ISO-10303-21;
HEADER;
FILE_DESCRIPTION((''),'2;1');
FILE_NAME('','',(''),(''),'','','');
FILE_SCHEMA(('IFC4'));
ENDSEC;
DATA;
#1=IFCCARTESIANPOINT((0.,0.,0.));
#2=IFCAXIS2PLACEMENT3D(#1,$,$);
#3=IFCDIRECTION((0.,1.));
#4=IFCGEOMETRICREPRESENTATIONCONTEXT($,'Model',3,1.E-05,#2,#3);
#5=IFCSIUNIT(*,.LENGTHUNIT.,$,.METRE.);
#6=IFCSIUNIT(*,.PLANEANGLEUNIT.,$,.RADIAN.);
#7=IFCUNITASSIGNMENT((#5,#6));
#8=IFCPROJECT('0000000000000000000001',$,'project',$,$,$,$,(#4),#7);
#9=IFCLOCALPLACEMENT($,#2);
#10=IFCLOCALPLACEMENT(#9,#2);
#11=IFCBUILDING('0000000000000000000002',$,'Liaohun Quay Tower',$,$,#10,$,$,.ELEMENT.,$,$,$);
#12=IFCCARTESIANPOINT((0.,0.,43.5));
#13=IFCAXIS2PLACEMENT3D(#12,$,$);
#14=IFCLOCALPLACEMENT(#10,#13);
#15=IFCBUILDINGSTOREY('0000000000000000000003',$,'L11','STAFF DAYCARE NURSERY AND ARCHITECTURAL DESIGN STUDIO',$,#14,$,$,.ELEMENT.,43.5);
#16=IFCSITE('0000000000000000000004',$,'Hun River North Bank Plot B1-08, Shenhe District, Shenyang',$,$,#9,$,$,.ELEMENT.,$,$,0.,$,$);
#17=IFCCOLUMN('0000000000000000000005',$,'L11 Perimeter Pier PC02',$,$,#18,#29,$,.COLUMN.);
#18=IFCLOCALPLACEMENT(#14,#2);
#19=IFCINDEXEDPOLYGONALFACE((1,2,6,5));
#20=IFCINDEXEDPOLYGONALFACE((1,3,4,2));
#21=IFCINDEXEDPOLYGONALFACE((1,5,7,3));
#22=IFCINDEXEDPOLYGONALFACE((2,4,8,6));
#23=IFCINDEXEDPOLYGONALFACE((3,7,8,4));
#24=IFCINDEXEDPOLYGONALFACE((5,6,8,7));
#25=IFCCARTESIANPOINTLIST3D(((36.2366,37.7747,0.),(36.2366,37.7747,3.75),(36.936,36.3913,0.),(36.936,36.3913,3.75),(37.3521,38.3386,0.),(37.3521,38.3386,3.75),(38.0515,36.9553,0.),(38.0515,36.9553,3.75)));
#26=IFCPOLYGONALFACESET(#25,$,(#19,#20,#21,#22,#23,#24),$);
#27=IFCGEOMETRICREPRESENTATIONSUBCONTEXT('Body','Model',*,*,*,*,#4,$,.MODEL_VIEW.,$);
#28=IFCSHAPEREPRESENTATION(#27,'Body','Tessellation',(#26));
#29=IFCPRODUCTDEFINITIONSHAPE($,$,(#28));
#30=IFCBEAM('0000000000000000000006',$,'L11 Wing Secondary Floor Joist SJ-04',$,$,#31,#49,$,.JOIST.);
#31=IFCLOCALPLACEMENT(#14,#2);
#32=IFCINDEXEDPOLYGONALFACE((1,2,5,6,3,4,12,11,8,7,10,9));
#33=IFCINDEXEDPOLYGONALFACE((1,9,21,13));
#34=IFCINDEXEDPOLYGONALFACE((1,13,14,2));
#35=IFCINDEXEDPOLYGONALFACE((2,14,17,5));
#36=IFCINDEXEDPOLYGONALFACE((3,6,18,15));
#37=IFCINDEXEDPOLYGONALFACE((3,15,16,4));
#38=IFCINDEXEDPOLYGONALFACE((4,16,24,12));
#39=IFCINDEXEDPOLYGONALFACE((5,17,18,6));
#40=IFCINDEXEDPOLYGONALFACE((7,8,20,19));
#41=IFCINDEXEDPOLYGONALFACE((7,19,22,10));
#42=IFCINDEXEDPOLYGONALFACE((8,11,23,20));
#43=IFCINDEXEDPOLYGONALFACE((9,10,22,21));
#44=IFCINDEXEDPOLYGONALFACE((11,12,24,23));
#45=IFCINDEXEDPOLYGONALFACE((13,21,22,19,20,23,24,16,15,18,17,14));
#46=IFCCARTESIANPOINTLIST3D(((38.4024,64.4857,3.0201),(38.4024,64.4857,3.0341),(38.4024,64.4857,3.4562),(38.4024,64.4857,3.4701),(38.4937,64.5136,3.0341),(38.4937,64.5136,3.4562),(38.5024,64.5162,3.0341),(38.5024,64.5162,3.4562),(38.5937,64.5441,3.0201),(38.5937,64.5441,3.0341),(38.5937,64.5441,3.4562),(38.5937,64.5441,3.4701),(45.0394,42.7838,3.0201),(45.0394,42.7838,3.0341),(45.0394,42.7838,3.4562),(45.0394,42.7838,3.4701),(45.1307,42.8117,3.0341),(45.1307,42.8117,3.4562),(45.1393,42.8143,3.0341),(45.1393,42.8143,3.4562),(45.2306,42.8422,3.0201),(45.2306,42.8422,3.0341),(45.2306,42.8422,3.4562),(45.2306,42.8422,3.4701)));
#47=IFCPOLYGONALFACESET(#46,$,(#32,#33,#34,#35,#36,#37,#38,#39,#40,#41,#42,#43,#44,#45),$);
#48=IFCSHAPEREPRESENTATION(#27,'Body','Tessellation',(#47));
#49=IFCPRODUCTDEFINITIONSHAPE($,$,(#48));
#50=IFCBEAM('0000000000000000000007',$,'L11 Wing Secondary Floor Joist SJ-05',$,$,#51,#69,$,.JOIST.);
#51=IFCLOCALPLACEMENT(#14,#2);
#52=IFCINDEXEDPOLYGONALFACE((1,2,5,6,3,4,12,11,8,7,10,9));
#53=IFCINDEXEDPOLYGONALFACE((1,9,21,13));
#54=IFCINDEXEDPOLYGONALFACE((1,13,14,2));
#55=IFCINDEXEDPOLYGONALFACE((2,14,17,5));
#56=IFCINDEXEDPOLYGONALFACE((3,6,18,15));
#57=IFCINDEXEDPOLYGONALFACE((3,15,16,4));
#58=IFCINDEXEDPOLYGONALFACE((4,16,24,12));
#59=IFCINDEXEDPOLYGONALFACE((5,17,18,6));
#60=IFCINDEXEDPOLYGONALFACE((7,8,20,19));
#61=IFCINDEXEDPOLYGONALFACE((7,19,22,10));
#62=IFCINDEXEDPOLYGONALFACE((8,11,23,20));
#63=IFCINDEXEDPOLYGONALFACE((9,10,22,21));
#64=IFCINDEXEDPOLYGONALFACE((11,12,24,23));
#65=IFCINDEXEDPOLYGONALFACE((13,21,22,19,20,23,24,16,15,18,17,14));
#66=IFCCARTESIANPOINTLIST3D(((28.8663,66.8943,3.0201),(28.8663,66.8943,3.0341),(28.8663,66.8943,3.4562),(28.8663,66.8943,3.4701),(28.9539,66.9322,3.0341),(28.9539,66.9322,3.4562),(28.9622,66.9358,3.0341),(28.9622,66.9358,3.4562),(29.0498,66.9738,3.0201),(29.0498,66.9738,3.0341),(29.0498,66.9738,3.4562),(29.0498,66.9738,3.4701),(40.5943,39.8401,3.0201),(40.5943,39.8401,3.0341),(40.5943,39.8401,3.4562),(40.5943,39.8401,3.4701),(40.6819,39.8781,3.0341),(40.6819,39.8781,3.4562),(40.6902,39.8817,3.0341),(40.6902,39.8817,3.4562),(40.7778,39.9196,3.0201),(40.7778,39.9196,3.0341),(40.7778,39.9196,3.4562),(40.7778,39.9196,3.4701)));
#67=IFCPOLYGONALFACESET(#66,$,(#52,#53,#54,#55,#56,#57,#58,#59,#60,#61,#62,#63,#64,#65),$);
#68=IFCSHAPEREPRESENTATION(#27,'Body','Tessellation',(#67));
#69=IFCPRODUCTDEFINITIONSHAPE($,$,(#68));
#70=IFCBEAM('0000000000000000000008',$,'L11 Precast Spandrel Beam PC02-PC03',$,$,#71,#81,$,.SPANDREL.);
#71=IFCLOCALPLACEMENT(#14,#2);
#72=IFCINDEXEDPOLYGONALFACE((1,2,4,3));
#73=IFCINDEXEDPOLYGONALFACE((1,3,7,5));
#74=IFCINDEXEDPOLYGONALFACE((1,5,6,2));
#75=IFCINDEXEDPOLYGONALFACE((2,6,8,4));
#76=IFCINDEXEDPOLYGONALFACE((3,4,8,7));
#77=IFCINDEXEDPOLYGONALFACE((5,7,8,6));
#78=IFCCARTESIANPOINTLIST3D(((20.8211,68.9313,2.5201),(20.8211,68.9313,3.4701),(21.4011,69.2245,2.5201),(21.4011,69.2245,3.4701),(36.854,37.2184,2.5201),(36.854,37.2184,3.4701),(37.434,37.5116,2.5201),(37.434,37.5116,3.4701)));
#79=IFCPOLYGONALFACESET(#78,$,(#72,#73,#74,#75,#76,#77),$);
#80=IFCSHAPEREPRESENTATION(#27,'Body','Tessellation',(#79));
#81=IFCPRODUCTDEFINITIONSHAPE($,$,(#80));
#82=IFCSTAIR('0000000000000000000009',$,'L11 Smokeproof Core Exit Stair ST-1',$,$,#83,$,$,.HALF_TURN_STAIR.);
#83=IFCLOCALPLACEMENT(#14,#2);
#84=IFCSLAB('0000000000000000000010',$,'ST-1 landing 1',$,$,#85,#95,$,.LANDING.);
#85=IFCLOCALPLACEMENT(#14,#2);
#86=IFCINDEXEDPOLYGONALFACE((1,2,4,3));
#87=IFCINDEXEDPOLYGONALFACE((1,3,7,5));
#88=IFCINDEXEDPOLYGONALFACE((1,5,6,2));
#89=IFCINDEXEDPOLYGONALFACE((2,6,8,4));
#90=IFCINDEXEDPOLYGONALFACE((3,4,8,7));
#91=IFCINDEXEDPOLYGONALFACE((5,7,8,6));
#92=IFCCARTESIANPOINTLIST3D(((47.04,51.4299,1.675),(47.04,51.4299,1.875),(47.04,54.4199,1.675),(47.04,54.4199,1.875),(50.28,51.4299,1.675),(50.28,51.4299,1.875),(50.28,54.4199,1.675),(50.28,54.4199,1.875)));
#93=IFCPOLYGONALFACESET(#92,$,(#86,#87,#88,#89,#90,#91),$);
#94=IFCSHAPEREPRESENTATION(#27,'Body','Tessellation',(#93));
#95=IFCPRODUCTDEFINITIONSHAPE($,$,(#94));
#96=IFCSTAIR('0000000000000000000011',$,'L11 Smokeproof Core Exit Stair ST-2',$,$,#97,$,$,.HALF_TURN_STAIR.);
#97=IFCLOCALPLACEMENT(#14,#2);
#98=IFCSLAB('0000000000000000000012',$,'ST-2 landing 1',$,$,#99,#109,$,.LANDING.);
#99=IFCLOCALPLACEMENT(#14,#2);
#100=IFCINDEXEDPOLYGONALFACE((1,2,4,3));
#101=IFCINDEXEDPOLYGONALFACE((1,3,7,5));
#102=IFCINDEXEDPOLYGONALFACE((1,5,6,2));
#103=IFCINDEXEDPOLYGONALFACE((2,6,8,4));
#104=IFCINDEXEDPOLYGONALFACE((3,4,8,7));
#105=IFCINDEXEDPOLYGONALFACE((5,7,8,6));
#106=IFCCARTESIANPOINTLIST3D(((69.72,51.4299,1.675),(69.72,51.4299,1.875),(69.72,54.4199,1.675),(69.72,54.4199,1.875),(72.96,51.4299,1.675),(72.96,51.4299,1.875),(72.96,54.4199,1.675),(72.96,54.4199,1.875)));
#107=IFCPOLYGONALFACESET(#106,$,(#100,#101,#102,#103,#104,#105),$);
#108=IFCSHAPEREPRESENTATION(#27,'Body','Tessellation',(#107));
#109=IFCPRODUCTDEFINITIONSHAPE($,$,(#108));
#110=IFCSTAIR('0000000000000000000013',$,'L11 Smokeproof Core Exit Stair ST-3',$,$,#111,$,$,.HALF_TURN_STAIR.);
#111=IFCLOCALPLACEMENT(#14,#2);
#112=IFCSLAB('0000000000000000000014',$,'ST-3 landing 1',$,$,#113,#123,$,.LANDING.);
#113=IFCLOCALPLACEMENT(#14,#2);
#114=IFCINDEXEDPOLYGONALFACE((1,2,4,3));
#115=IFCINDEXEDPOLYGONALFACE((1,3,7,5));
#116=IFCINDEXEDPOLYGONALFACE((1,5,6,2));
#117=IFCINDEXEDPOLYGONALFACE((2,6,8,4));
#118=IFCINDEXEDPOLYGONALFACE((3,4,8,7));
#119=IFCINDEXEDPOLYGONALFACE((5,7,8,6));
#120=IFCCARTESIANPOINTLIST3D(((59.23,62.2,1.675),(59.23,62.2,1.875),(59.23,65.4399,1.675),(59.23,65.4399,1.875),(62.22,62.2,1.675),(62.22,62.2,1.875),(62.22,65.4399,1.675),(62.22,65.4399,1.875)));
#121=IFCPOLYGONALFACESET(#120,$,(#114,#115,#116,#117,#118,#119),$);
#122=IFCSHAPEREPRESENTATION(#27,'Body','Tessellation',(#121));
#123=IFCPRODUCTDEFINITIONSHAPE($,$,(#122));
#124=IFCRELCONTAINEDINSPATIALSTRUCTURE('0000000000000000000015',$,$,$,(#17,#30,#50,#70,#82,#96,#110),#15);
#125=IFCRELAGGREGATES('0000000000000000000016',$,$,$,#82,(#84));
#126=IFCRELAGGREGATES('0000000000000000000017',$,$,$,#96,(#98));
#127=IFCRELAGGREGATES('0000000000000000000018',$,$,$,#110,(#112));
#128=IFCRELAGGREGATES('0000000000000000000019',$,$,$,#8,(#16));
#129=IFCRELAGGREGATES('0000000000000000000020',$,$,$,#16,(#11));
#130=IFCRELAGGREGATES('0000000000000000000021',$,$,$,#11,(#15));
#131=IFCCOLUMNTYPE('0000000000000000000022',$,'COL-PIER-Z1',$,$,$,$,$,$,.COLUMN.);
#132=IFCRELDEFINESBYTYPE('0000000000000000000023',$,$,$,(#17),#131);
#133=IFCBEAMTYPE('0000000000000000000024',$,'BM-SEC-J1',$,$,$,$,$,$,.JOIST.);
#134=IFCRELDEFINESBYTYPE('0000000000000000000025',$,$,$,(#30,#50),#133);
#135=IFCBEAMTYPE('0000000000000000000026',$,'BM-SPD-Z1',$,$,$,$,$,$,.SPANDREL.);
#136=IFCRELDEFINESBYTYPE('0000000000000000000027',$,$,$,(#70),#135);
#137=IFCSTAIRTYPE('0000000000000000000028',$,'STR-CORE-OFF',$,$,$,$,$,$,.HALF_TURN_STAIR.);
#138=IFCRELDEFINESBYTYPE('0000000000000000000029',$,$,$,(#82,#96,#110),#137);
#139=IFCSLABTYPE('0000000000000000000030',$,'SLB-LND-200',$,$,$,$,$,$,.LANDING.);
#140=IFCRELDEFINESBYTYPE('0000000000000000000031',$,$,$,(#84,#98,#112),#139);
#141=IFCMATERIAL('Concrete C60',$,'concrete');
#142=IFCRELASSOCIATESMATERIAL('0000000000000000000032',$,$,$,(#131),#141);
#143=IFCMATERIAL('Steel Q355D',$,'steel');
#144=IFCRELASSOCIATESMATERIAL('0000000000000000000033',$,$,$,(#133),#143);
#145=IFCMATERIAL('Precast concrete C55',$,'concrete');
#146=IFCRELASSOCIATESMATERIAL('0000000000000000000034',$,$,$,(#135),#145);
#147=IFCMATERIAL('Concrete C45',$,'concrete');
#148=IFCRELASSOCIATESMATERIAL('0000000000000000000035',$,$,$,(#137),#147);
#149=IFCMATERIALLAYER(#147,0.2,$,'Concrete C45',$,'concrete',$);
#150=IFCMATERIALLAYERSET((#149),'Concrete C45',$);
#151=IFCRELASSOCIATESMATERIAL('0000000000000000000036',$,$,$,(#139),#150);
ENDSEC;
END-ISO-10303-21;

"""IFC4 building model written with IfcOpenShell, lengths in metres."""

from ifc_helpers import new_model, si_unit, direction, frame, origin, origin_2d, place, context, subcontext, project, spatial, polyline, rectangle, i_section, outline, extrude, source, transform, mapped, material, layer, layer_set, material_profile, profile_set, type_object, element, aggregate, save


model = new_model("IFC4")

# Units and contexts
model_context = context("Model", 3, precision=1e-05, world=origin(), true_north=direction((0.0, 1.0)))
body_context = subcontext(model_context, "Body", "Model", "MODEL_VIEW")
ifc_project = project(units=[si_unit("LENGTHUNIT", "METRE"), si_unit("PLANEANGLEUNIT", "RADIAN")], contexts=[model_context])

# Site, building, storey
site_placement = place(None, origin())
site = spatial("IfcSite", under=ifc_project, at=site_placement, Name="Hun River North Bank Plot B1-08, Shenhe District, Shenyang", CompositionType="ELEMENT", RefElevation=0.0)
building_placement = place(site_placement, origin())
building = spatial("IfcBuilding", under=site, at=building_placement, Name="Liaohun Quay Tower", CompositionType="ELEMENT")
storey_placement = place(building_placement, frame((0.0, 0.0, 43.5)))
storey = spatial("IfcBuildingStorey", under=building, at=storey_placement, Name="L11", Description="STAFF DAYCARE NURSERY AND ARCHITECTURAL DESIGN STUDIO", CompositionType="ELEMENT", Elevation=43.5)

# Column
ifc_material_1 = material(Name="Concrete C60", Category="concrete")
ifc_material_profile_1 = material_profile(ifc_material_1, rectangle(XDim=1.55, YDim=1.25, at=origin_2d()), Name="RC1550x1250")
ifc_profile_set_1 = profile_set([ifc_material_profile_1], Name="Concrete C60")
column_type = type_object("IfcColumnType", Name="COL-PIER-Z1", PredefinedType="COLUMN", material=ifc_profile_set_1)
shared_shape_1 = source(origin(), body_context, "Body", "SweptSolid", [
    extrude(rectangle(XDim=1.55, YDim=1.25, at=origin_2d()), origin(), (0.0, 0.0, 1.0), 3.75),
])
column_placement = place(storey_placement, frame((37.144, 37.365, 0.0), z_axis=(0.0, 0.0, 1.0), x_axis=(-0.451189, 0.892428, 0.0)))
element("IfcColumn", 1, at=column_placement, inside=storey, type_object=column_type, Name="L11 Perimeter Pier PC02", PredefinedType="COLUMN", context=body_context, shape_type="MappedRepresentation", body=[
    mapped(shared_shape_1, transform((0.0, 0.0, 0.0), x_axis=(1.0, 0.0, 0.0), y_axis=(0.0, 1.0, 0.0), z_axis=(0.0, 0.0, 1.0), scale=1.0)),
])

# Beams
ifc_material_2 = material(Name="Steel Q355D", Category="steel")
ifc_material_profile_2 = material_profile(ifc_material_2, i_section(OverallWidth=0.2, OverallDepth=0.45, WebThickness=0.009, FlangeThickness=0.0139, at=origin_2d()), Name="HN450x200x9x14")
ifc_profile_set_2 = profile_set([ifc_material_profile_2], Name="Steel Q355D")
beam_type_1 = type_object("IfcBeamType", Name="BM-SEC-J1", PredefinedType="JOIST", material=ifc_profile_set_2)
shared_shape_2 = source(origin(), body_context, "Body", "SweptSolid", [
    extrude(i_section(OverallWidth=0.2, OverallDepth=0.45, WebThickness=0.009, FlangeThickness=0.0139, at=origin_2d()), origin(), (0.0, 0.0, 1.0), 22.6941),
])
beam_1_placement = place(storey_placement, frame((45.135, 42.813, 3.2451), z_axis=(-0.292453, 0.95628, 0.0), x_axis=(-0.95628, -0.292453, 0.0)))
element("IfcBeam", 2, at=beam_1_placement, inside=storey, type_object=beam_type_1, Name="L11 Wing Secondary Floor Joist SJ-04", PredefinedType="JOIST", context=body_context, shape_type="MappedRepresentation", body=[
    mapped(shared_shape_2, transform((0.0, 0.0, 0.0), x_axis=(1.0, 0.0, 0.0), y_axis=(0.0, 1.0, 0.0), z_axis=(0.0, 0.0, 1.0), scale=1.0)),
])
shared_shape_3 = source(origin(), body_context, "Body", "SweptSolid", [
    extrude(i_section(OverallWidth=0.2, OverallDepth=0.45, WebThickness=0.009, FlangeThickness=0.0139, at=origin_2d()), origin(), (0.0, 0.0, 1.0), 29.4868),
])
beam_2_placement = place(storey_placement, frame((40.686, 39.8799, 3.2451), z_axis=(-0.397737, 0.917499, 0.0), x_axis=(-0.917499, -0.397737, 0.0)))
element("IfcBeam", 3, at=beam_2_placement, inside=storey, type_object=beam_type_1, Name="L11 Wing Secondary Floor Joist SJ-05", PredefinedType="JOIST", context=body_context, shape_type="MappedRepresentation", body=[
    mapped(shared_shape_3, transform((0.0, 0.0, 0.0), x_axis=(1.0, 0.0, 0.0), y_axis=(0.0, 1.0, 0.0), z_axis=(0.0, 0.0, 1.0), scale=1.0)),
])
ifc_material_3 = material(Name="Precast concrete C55", Category="concrete")
ifc_material_profile_3 = material_profile(ifc_material_3, rectangle(XDim=0.6499, YDim=0.95, at=origin_2d()), Name="RC650x950")
ifc_profile_set_3 = profile_set([ifc_material_profile_3], Name="Precast concrete C55")
beam_type_2 = type_object("IfcBeamType", Name="BM-SPD-Z1", PredefinedType="SPANDREL", material=ifc_profile_set_3)
shared_shape_4 = source(origin(), body_context, "Body", "SweptSolid", [
    extrude(rectangle(XDim=0.6499, YDim=0.95, at=origin_2d()), origin(), (0.0, 0.0, 1.0), 35.5354),
])
beam_3_placement = place(storey_placement, frame((37.144, 37.365, 2.9951), z_axis=(-0.451183, 0.892431, 0.0), x_axis=(-0.892431, -0.451183, 0.0)))
element("IfcBeam", 4, at=beam_3_placement, inside=storey, type_object=beam_type_2, Name="L11 Precast Spandrel Beam PC02-PC03", PredefinedType="SPANDREL", context=body_context, shape_type="MappedRepresentation", body=[
    mapped(shared_shape_4, transform((0.0, 0.0, 0.0), x_axis=(1.0, 0.0, 0.0), y_axis=(0.0, 1.0, 0.0), z_axis=(0.0, 0.0, 1.0), scale=1.0)),
])

# Stairs, slabs
ifc_material_4 = material(Name="Concrete C45", Category="concrete")
stair_type = type_object("IfcStairType", Name="STR-CORE-OFF", PredefinedType="HALF_TURN_STAIR", material=ifc_material_4)
stair_1_placement = place(storey_placement, origin())
stair_1 = element("IfcStair", 5, at=stair_1_placement, inside=storey, type_object=stair_type, Name="L11 Smokeproof Core Exit Stair ST-1", PredefinedType="HALF_TURN_STAIR")
ifc_layer_1 = layer(ifc_material_4, 0.2, Name="Concrete C45", Category="concrete")
ifc_layer_set_1 = layer_set([ifc_layer_1], Name="Concrete C45")
slab_type_1 = type_object("IfcSlabType", Name="SLB-LND-200", PredefinedType="LANDING", material=ifc_layer_set_1)
slab_1_placement = place(storey_placement, frame((0.0, 0.0, 1.675)))
slab_1 = element("IfcSlab", 6, at=slab_1_placement, type_object=slab_type_1, Name="ST-1 landing 1", PredefinedType="LANDING", context=body_context, shape_type="SweptSolid", body=[
    extrude(outline(polyline([(50.28, 51.4299), (50.28, 54.4199), (47.04, 54.4199), (47.04, 51.4299), (50.28, 51.4299)])), origin(), (0.0, 0.0, 1.0), 0.2),
])
aggregate(stair_1, [slab_1])
stair_2_placement = place(storey_placement, origin())
stair_2 = element("IfcStair", 7, at=stair_2_placement, inside=storey, type_object=stair_type, Name="L11 Smokeproof Core Exit Stair ST-2", PredefinedType="HALF_TURN_STAIR")
slab_2_placement = place(storey_placement, frame((0.0, 0.0, 1.675)))
slab_2 = element("IfcSlab", 8, at=slab_2_placement, type_object=slab_type_1, Name="ST-2 landing 1", PredefinedType="LANDING", context=body_context, shape_type="SweptSolid", body=[
    extrude(outline(polyline([(72.96, 51.4299), (72.96, 54.4199), (69.72, 54.4199), (69.72, 51.4299), (72.96, 51.4299)])), origin(), (0.0, 0.0, 1.0), 0.2),
])
aggregate(stair_2, [slab_2])
stair_3_placement = place(storey_placement, origin())
stair_3 = element("IfcStair", 9, at=stair_3_placement, inside=storey, type_object=stair_type, Name="L11 Smokeproof Core Exit Stair ST-3", PredefinedType="HALF_TURN_STAIR")
slab_3_placement = place(storey_placement, frame((0.0, 0.0, 1.675)))
slab_3 = element("IfcSlab", 10, at=slab_3_placement, type_object=slab_type_1, Name="ST-3 landing 1", PredefinedType="LANDING", context=body_context, shape_type="SweptSolid", body=[
    extrude(outline(polyline([(59.23, 62.2), (62.22, 62.2), (62.22, 65.4399), (59.23, 65.4399), (59.23, 62.2)])), origin(), (0.0, 0.0, 1.0), 0.2),
])
aggregate(stair_3, [slab_3])

save(model, "model.ifc")
